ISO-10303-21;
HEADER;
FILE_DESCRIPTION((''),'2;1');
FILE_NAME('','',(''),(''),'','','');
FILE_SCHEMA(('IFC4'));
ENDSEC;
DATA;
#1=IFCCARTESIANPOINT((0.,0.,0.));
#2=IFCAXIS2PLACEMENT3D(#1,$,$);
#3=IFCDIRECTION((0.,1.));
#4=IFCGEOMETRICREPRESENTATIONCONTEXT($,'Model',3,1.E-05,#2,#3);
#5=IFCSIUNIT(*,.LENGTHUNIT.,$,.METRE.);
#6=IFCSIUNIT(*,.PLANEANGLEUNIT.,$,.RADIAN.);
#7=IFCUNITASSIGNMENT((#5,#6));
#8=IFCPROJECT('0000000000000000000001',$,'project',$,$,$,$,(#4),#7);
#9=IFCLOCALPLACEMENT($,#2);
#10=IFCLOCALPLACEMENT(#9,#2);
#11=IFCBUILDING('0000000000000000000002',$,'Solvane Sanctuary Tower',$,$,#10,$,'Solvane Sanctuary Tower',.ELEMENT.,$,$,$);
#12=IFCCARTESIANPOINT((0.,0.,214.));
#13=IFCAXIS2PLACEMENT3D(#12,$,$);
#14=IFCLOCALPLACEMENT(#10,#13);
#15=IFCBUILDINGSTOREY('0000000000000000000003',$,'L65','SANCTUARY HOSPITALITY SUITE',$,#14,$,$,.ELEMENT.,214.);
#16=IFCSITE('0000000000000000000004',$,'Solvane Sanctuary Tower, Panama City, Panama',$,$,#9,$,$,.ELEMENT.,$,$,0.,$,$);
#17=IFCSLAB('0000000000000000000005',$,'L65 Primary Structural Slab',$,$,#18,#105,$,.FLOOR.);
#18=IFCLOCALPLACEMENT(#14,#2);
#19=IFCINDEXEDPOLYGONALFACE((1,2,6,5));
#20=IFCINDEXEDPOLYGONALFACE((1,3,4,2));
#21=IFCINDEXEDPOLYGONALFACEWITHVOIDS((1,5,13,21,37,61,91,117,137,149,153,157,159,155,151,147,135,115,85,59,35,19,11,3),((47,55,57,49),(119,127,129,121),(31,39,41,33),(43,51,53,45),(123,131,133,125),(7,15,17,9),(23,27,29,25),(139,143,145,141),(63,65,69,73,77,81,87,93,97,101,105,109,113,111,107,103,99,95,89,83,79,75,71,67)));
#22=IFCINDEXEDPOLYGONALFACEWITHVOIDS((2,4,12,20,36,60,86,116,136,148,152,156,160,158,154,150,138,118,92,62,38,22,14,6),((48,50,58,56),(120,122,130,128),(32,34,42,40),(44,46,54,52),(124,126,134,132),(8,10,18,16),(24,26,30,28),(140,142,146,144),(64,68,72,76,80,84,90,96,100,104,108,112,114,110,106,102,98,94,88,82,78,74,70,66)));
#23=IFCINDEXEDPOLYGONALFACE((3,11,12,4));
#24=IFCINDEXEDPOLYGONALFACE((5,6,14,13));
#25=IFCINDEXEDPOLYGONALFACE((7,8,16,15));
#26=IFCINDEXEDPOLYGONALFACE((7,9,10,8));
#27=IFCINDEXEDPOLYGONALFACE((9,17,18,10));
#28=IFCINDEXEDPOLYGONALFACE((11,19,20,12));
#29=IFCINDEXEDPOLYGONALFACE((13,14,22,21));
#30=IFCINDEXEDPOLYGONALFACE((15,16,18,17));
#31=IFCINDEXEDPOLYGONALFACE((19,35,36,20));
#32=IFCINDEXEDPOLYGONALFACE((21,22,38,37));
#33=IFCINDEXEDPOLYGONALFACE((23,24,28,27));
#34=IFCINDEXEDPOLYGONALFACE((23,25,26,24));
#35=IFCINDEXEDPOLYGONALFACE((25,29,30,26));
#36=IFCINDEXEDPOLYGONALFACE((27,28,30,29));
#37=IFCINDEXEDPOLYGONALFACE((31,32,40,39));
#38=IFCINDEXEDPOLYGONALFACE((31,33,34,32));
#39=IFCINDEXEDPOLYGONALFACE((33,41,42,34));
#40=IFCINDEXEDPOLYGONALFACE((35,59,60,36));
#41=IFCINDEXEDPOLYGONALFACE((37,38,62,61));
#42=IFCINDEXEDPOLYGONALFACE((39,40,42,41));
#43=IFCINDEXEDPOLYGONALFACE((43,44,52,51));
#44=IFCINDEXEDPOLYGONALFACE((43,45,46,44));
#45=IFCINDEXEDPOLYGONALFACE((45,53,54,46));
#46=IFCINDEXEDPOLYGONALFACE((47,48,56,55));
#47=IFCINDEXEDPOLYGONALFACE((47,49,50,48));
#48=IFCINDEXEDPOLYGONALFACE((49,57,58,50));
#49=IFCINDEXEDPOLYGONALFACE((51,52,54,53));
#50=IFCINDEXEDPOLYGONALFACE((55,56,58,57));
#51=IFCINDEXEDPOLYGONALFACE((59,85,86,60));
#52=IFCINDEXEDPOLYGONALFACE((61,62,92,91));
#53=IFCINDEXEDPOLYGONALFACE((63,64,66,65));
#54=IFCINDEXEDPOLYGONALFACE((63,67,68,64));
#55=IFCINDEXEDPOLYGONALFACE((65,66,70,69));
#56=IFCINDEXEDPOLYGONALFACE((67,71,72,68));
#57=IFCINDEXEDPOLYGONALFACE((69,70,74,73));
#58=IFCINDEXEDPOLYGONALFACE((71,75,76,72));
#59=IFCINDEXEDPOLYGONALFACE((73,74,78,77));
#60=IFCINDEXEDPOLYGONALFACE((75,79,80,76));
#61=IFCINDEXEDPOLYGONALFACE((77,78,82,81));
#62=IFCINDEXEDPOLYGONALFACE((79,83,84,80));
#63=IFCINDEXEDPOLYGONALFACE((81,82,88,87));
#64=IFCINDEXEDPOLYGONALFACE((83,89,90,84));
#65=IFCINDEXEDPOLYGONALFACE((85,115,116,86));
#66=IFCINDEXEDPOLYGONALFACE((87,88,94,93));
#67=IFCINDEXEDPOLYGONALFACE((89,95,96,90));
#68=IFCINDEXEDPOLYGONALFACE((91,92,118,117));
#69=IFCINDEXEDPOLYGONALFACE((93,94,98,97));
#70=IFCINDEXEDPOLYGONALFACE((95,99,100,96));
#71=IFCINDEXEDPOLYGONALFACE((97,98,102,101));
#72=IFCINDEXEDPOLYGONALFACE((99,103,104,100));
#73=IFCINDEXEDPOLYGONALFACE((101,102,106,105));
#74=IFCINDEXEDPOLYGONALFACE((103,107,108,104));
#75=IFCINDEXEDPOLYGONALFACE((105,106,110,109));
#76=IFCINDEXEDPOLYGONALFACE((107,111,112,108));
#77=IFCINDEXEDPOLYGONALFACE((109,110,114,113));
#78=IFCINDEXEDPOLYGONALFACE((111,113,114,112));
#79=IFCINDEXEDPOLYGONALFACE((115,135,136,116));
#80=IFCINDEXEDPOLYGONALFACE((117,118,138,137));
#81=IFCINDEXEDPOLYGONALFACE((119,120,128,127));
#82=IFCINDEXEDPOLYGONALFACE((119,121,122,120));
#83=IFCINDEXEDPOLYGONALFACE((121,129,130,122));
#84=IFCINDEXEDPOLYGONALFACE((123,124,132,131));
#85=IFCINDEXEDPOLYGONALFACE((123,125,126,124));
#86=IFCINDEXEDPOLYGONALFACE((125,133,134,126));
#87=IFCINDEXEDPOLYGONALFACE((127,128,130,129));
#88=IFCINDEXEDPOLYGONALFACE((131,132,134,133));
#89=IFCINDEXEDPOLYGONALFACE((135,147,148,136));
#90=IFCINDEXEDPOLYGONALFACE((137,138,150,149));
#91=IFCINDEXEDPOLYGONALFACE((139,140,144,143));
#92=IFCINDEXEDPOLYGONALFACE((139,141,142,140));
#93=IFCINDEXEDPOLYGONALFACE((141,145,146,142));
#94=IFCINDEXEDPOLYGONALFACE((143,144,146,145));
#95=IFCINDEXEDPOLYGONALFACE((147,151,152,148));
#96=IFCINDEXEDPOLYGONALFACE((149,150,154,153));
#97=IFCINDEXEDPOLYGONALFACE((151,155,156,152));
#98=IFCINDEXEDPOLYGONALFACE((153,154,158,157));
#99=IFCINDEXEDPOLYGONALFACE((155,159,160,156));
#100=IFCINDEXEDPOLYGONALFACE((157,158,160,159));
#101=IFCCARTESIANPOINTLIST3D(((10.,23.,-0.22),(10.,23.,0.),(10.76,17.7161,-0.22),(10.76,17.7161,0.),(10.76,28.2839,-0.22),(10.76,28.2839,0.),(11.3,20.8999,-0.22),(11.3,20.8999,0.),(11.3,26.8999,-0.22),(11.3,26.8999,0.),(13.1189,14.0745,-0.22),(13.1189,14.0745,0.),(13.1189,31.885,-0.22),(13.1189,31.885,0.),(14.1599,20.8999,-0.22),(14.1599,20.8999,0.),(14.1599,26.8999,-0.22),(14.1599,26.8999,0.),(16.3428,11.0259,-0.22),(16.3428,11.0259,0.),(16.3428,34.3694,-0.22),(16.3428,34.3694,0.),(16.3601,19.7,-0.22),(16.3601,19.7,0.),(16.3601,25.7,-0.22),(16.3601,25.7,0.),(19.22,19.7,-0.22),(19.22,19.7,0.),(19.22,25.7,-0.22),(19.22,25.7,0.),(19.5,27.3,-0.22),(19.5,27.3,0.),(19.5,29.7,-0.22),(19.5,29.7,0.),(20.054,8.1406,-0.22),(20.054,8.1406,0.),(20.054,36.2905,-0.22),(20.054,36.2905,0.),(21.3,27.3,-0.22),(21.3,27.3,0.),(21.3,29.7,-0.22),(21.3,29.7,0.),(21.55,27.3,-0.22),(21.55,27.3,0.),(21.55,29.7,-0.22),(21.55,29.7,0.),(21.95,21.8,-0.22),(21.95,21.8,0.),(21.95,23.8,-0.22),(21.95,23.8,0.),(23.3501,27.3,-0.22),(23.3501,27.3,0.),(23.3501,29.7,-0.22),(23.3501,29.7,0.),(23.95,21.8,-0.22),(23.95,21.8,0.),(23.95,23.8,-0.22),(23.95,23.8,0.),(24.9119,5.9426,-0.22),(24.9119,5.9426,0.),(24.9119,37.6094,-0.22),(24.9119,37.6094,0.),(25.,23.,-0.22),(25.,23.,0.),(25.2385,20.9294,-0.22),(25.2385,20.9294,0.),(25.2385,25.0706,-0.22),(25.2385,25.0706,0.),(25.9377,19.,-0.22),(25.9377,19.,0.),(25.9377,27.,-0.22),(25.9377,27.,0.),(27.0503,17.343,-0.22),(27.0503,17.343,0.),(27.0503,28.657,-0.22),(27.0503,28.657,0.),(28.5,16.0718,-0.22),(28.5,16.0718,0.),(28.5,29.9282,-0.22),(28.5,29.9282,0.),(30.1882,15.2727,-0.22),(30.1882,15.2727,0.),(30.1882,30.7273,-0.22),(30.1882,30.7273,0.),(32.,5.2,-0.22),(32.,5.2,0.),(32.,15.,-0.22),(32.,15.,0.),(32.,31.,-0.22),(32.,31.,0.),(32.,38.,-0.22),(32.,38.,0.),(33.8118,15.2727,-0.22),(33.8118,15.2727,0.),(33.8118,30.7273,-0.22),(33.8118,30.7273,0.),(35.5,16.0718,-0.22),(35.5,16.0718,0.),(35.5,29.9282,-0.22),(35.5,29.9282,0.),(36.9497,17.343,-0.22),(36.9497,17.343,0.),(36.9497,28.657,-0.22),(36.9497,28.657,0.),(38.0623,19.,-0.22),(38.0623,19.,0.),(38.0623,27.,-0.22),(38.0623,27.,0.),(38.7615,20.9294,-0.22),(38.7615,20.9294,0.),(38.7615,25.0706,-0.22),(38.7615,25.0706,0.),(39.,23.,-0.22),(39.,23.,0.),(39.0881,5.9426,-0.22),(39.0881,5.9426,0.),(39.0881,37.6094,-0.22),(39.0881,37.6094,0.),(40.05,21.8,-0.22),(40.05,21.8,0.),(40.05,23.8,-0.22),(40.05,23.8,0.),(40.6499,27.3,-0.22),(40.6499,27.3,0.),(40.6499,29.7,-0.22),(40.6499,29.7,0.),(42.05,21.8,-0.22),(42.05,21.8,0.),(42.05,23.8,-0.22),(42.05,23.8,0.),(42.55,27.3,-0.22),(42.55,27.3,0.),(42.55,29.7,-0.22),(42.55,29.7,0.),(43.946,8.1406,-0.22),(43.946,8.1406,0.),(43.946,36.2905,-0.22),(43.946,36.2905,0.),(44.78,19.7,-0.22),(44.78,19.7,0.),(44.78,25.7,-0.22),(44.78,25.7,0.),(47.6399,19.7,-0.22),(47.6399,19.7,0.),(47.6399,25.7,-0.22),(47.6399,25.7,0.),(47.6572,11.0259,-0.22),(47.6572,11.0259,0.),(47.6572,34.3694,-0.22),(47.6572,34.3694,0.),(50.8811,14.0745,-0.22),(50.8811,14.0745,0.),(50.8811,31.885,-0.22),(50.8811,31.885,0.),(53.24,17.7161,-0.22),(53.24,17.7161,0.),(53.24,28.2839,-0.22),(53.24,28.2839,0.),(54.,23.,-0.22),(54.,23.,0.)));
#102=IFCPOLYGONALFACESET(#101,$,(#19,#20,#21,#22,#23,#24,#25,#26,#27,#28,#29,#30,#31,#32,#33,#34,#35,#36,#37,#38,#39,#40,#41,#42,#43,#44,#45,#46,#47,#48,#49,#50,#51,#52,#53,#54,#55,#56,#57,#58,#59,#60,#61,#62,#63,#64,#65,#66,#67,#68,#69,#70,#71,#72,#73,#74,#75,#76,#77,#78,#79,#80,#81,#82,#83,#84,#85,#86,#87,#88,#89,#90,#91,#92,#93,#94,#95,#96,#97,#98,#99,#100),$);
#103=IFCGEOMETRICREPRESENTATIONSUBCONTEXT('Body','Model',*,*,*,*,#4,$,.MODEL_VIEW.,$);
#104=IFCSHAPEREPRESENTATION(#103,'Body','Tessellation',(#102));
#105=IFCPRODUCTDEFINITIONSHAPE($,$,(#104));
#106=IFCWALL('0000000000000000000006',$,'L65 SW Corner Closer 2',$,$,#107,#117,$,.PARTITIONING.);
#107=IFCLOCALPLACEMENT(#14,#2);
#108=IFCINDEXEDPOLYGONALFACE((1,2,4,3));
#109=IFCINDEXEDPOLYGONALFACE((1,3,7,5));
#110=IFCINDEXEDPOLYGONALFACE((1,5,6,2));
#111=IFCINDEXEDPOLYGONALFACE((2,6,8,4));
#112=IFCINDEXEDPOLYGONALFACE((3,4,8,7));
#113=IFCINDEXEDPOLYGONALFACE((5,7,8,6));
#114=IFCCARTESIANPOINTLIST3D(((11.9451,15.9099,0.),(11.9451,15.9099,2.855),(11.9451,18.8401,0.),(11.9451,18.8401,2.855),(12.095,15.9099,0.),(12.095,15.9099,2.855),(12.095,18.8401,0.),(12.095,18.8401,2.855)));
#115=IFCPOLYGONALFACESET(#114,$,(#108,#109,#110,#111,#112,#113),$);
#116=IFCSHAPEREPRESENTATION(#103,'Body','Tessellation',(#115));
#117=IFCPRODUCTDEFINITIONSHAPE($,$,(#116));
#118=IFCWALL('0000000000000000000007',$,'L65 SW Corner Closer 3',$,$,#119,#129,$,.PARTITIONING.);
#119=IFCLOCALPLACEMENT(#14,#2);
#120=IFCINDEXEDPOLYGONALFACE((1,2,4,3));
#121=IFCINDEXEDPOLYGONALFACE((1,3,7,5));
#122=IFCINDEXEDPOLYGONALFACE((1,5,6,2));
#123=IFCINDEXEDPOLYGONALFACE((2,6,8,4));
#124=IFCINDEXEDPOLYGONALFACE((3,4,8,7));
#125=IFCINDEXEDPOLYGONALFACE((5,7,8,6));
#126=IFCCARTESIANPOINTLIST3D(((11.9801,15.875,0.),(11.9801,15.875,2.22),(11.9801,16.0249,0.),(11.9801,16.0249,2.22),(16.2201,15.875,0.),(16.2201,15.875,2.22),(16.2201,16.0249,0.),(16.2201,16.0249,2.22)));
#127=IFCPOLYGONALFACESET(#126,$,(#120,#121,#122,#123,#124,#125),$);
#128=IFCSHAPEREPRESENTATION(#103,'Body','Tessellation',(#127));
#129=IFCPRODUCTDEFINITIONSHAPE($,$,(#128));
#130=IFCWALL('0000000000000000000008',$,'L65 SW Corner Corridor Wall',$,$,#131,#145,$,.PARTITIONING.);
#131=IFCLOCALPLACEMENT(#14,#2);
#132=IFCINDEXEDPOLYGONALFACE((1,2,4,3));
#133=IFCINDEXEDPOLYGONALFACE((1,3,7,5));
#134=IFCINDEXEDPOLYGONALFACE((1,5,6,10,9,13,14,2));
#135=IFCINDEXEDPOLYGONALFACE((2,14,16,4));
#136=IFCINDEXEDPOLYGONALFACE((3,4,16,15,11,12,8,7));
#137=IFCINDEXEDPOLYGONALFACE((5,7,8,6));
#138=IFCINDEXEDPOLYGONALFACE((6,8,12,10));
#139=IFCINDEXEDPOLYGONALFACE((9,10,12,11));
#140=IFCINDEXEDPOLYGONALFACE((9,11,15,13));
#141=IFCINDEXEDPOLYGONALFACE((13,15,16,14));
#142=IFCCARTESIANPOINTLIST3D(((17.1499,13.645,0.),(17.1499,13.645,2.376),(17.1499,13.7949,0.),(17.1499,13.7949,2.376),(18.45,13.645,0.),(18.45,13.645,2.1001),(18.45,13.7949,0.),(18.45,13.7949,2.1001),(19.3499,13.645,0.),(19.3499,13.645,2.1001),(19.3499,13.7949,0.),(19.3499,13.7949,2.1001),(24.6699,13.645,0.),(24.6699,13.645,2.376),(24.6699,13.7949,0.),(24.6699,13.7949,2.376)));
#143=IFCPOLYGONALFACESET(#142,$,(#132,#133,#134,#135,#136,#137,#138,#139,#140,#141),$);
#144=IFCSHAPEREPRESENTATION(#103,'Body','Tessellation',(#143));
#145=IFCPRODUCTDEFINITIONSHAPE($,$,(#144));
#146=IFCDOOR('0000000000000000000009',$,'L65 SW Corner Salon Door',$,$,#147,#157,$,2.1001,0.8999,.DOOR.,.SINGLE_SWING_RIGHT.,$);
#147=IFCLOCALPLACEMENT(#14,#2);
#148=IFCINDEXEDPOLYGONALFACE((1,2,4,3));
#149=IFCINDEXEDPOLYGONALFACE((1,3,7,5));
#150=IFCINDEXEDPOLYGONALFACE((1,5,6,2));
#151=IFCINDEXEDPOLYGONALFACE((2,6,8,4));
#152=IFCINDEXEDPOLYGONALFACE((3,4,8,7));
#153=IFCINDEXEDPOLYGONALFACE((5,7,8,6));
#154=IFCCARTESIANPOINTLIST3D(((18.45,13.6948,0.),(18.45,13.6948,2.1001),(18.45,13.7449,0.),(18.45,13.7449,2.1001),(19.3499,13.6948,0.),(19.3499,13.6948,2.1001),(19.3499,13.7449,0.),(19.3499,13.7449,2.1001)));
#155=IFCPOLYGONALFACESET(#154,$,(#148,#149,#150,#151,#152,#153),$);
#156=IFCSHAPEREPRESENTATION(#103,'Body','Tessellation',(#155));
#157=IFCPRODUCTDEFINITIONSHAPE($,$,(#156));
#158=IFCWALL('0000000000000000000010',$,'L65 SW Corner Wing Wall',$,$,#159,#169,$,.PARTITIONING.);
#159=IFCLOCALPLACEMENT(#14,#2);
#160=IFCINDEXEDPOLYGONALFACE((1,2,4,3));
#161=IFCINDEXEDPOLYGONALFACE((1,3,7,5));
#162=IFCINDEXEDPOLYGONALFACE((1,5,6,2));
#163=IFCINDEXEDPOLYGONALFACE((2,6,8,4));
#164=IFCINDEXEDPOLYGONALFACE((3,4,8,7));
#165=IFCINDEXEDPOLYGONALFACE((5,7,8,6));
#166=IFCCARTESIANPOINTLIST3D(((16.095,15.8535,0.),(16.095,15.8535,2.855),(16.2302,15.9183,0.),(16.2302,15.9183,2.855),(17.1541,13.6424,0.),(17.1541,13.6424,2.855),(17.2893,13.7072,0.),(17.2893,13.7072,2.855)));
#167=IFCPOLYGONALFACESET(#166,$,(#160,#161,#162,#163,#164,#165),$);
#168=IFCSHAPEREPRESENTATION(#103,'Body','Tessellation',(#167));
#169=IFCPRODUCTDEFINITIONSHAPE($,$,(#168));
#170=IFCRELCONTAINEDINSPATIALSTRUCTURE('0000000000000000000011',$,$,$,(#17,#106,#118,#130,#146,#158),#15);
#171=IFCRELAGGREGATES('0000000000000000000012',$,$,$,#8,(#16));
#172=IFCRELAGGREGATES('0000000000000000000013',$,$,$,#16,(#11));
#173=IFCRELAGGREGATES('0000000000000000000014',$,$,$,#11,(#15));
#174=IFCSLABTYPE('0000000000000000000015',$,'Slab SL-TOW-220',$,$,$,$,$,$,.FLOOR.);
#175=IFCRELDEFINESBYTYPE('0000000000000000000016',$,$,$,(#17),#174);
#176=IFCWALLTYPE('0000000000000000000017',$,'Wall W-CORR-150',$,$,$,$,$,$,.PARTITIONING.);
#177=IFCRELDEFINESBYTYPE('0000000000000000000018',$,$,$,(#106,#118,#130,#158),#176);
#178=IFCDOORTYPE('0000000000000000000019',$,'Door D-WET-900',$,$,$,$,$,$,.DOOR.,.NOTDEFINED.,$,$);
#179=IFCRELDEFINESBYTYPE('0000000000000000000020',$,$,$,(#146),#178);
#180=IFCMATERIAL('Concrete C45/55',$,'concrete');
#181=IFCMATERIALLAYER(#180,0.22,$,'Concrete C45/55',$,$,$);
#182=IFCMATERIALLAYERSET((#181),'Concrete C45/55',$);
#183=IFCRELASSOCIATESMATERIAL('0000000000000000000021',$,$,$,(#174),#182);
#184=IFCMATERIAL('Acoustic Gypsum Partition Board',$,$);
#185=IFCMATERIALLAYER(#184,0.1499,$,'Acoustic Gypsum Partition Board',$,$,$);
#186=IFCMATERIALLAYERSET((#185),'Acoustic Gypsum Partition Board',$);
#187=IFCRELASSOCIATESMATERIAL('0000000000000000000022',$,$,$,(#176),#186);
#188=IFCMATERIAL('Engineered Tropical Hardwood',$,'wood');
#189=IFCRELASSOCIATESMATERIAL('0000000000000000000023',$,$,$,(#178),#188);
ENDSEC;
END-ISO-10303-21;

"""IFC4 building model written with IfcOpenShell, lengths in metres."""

from ifc_helpers import new_model, si_unit, direction, frame, frame_2d, origin, place, context, subcontext, project, spatial, polyline, rectangle, outline, extrude, material, layer, layer_set, type_object, element, fill, save


model = new_model("IFC4")

# Units and contexts
model_context = context("Model", 3, precision=1e-05, world=origin(), true_north=direction((0.0, 1.0)))
body_context = subcontext(model_context, "Body", "Model", "MODEL_VIEW")
ifc_project = project(units=[si_unit("LENGTHUNIT", "METRE"), si_unit("PLANEANGLEUNIT", "RADIAN")], contexts=[model_context])

# Site, building, storey
site_placement = place(None, origin())
site = spatial("IfcSite", under=ifc_project, at=site_placement, Name="Solvane Sanctuary Tower, Panama City, Panama", CompositionType="ELEMENT", RefElevation=0.0)
building_placement = place(site_placement, origin())
building = spatial("IfcBuilding", under=site, at=building_placement, Name="Solvane Sanctuary Tower", LongName="Solvane Sanctuary Tower", CompositionType="ELEMENT")
storey_placement = place(building_placement, frame((0.0, 0.0, 214.0)))
storey = spatial("IfcBuildingStorey", under=building, at=storey_placement, Name="L65", Description="SANCTUARY HOSPITALITY SUITE", CompositionType="ELEMENT", Elevation=214.0)

# Shared definitions
ifc_material_1 = material(Name="Concrete C45/55", Category="concrete")

# Slab
ifc_layer_1 = layer(ifc_material_1, 0.22, Name="Concrete C45/55")
ifc_layer_set_1 = layer_set([ifc_layer_1], Name="Concrete C45/55")
slab_type_1 = type_object("IfcSlabType", Name="Slab SL-TOW-220", PredefinedType="FLOOR", material=ifc_layer_set_1)
slab_1_placement = place(storey_placement, frame((0.0, 0.0, -0.22)))
element("IfcSlab", 1, at=slab_1_placement, inside=storey, type_object=slab_type_1, Name="L65 Primary Structural Slab", PredefinedType="FLOOR", context=body_context, shape_type="SweptSolid", body=[
    extrude(outline(polyline([(54.0, 23.0), (53.24, 28.2839), (50.8811, 31.885), (47.6572, 34.3694), (43.946, 36.2905), (39.0881, 37.6094), (32.0, 38.0), (24.9119, 37.6094), (20.054, 36.2905), (16.3428, 34.3694), (13.1189, 31.885), (10.76, 28.2839), (10.0, 23.0), (10.76, 17.7161), (13.1189, 14.0745), (16.3428, 11.0259), (20.054, 8.1406), (24.9119, 5.9426), (32.0, 5.2), (39.0881, 5.9426), (43.946, 8.1406), (47.6572, 11.0259), (50.8811, 14.0745), (53.24, 17.7161), (54.0, 23.0)]), holes=[polyline([(38.7615, 20.9294), (38.0623, 19.0), (36.9497, 17.343), (35.5, 16.0718), (33.8118, 15.2727), (32.0, 15.0), (30.1882, 15.2727), (28.5, 16.0718), (27.0503, 17.343), (25.9377, 19.0), (25.2385, 20.9294), (25.0, 23.0), (25.2385, 25.0706), (25.9377, 27.0), (27.0503, 28.657), (28.5, 29.9282), (30.1882, 30.7273), (32.0, 31.0), (33.8118, 30.7273), (35.5, 29.9282), (36.9497, 28.657), (38.0623, 27.0), (38.7615, 25.0706), (39.0, 23.0), (38.7615, 20.9294)]), polyline([(16.3601, 19.7), (16.3601, 25.7), (19.22, 25.7), (19.22, 19.7), (16.3601, 19.7)]), polyline([(44.78, 19.7), (44.78, 25.7), (47.6399, 25.7), (47.6399, 19.7), (44.78, 19.7)]), polyline([(11.3, 20.8999), (11.3, 26.8999), (14.1599, 26.8999), (14.1599, 20.8999), (11.3, 20.8999)]), polyline([(21.95, 23.8), (23.95, 23.8), (23.95, 21.8), (21.95, 21.8), (21.95, 23.8)]), polyline([(40.05, 23.8), (42.05, 23.8), (42.05, 21.8), (40.05, 21.8), (40.05, 23.8)]), polyline([(19.5, 29.7), (21.3, 29.7), (21.3, 27.3), (19.5, 27.3), (19.5, 29.7)]), polyline([(21.55, 29.7), (23.3501, 29.7), (23.3501, 27.3), (21.55, 27.3), (21.55, 29.7)]), polyline([(40.6499, 29.7), (42.55, 29.7), (42.55, 27.3), (40.6499, 27.3), (40.6499, 29.7)])]), origin(), (0.0, 0.0, 1.0), 0.22),
])

# Walls
ifc_material_2 = material(Name="Acoustic Gypsum Partition Board")
ifc_layer_2 = layer(ifc_material_2, 0.1499, Name="Acoustic Gypsum Partition Board")
ifc_layer_set_2 = layer_set([ifc_layer_2], Name="Acoustic Gypsum Partition Board")
wall_type_1 = type_object("IfcWallType", Name="Wall W-CORR-150", PredefinedType="PARTITIONING", material=ifc_layer_set_2)
wall_1_placement = place(storey_placement, frame((12.02, 15.9099, 0.0), z_axis=(0.0, 0.0, 1.0), x_axis=(0.0, 1.0, 0.0)))
element("IfcWall", 2, at=wall_1_placement, inside=storey, type_object=wall_type_1, Name="L65 SW Corner Closer 2", PredefinedType="PARTITIONING", context=body_context, shape_type="SweptSolid", body=[
    extrude(rectangle(XDim=2.9302, YDim=0.1499, at=frame_2d((1.4651, 0.0))), origin(), (0.0, 0.0, 1.0), 2.855),
])
wall_2_placement = place(storey_placement, frame((11.98, 15.95, 0.0), z_axis=(0.0, 0.0, 1.0), x_axis=(1.0, 0.0, 0.0)))
element("IfcWall", 3, at=wall_2_placement, inside=storey, type_object=wall_type_1, Name="L65 SW Corner Closer 3", PredefinedType="PARTITIONING", context=body_context, shape_type="SweptSolid", body=[
    extrude(rectangle(XDim=4.24, YDim=0.1499, at=frame_2d((2.1201, 0.0))), origin(), (0.0, 0.0, 1.0), 2.22),
])

# Wall, opening, door
wall_3_placement = place(storey_placement, frame((17.1499, 13.72, 0.0), z_axis=(0.0, 0.0, 1.0), x_axis=(1.0, 0.0, 0.0)))
wall_3 = element("IfcWall", 4, at=wall_3_placement, inside=storey, type_object=wall_type_1, Name="L65 SW Corner Corridor Wall", PredefinedType="PARTITIONING", context=body_context, shape_type="SweptSolid", body=[
    extrude(rectangle(XDim=7.52, YDim=0.1499, at=frame_2d((3.76, 0.0))), origin(), (0.0, 0.0, 1.0), 2.376),
])
opening_1_placement = place(wall_3_placement, frame((1.3, 0.0, 0.0)))
opening_1 = element("IfcOpeningElement", 5, at=opening_1_placement, cuts=wall_3, PredefinedType="OPENING", context=body_context, shape_type="SweptSolid", body=[
    extrude(rectangle(XDim=0.8999, YDim=2.1001, at=frame_2d((0.45, 1.05))), frame((0.0, 0.085, 0.0), z_axis=(0.0, -1.0, 0.0), x_axis=(1.0, 0.0, 0.0)), (0.0, 0.0, 1.0), 0.1699),
])
ifc_material_3 = material(Name="Engineered Tropical Hardwood", Category="wood")
door_type = type_object("IfcDoorType", Name="Door D-WET-900", OperationType="NOTDEFINED", PredefinedType="DOOR", material=ifc_material_3)
door_placement = place(opening_1_placement, origin())
door = element("IfcDoor", 6, at=door_placement, inside=storey, type_object=door_type, Name="L65 SW Corner Salon Door", OperationType="SINGLE_SWING_RIGHT", OverallHeight=2.1001, OverallWidth=0.8999, PredefinedType="DOOR", context=body_context, shape_type="SweptSolid", body=[
    extrude(rectangle(XDim=0.8999, YDim=2.1001, at=frame_2d((0.45, 1.05))), frame((0.0, 0.0249, 0.0), z_axis=(0.0, -1.0, 0.0), x_axis=(1.0, 0.0, 0.0)), (0.0, 0.0, 1.0), 0.05),
])
fill(opening_1, door)

# Wall
wall_4_placement = place(storey_placement, frame((17.2217, 13.6748, 0.0), z_axis=(0.0, 0.0, 1.0), x_axis=(-0.431973, 0.901886, 0.0)))
element("IfcWall", 7, at=wall_4_placement, inside=storey, type_object=wall_type_1, Name="L65 SW Corner Wing Wall", PredefinedType="PARTITIONING", context=body_context, shape_type="SweptSolid", body=[
    extrude(rectangle(XDim=2.4517, YDim=0.1499, at=frame_2d((1.2258, 0.0))), origin(), (0.0, 0.0, 1.0), 2.855),
])

save(model, "model.ifc")
